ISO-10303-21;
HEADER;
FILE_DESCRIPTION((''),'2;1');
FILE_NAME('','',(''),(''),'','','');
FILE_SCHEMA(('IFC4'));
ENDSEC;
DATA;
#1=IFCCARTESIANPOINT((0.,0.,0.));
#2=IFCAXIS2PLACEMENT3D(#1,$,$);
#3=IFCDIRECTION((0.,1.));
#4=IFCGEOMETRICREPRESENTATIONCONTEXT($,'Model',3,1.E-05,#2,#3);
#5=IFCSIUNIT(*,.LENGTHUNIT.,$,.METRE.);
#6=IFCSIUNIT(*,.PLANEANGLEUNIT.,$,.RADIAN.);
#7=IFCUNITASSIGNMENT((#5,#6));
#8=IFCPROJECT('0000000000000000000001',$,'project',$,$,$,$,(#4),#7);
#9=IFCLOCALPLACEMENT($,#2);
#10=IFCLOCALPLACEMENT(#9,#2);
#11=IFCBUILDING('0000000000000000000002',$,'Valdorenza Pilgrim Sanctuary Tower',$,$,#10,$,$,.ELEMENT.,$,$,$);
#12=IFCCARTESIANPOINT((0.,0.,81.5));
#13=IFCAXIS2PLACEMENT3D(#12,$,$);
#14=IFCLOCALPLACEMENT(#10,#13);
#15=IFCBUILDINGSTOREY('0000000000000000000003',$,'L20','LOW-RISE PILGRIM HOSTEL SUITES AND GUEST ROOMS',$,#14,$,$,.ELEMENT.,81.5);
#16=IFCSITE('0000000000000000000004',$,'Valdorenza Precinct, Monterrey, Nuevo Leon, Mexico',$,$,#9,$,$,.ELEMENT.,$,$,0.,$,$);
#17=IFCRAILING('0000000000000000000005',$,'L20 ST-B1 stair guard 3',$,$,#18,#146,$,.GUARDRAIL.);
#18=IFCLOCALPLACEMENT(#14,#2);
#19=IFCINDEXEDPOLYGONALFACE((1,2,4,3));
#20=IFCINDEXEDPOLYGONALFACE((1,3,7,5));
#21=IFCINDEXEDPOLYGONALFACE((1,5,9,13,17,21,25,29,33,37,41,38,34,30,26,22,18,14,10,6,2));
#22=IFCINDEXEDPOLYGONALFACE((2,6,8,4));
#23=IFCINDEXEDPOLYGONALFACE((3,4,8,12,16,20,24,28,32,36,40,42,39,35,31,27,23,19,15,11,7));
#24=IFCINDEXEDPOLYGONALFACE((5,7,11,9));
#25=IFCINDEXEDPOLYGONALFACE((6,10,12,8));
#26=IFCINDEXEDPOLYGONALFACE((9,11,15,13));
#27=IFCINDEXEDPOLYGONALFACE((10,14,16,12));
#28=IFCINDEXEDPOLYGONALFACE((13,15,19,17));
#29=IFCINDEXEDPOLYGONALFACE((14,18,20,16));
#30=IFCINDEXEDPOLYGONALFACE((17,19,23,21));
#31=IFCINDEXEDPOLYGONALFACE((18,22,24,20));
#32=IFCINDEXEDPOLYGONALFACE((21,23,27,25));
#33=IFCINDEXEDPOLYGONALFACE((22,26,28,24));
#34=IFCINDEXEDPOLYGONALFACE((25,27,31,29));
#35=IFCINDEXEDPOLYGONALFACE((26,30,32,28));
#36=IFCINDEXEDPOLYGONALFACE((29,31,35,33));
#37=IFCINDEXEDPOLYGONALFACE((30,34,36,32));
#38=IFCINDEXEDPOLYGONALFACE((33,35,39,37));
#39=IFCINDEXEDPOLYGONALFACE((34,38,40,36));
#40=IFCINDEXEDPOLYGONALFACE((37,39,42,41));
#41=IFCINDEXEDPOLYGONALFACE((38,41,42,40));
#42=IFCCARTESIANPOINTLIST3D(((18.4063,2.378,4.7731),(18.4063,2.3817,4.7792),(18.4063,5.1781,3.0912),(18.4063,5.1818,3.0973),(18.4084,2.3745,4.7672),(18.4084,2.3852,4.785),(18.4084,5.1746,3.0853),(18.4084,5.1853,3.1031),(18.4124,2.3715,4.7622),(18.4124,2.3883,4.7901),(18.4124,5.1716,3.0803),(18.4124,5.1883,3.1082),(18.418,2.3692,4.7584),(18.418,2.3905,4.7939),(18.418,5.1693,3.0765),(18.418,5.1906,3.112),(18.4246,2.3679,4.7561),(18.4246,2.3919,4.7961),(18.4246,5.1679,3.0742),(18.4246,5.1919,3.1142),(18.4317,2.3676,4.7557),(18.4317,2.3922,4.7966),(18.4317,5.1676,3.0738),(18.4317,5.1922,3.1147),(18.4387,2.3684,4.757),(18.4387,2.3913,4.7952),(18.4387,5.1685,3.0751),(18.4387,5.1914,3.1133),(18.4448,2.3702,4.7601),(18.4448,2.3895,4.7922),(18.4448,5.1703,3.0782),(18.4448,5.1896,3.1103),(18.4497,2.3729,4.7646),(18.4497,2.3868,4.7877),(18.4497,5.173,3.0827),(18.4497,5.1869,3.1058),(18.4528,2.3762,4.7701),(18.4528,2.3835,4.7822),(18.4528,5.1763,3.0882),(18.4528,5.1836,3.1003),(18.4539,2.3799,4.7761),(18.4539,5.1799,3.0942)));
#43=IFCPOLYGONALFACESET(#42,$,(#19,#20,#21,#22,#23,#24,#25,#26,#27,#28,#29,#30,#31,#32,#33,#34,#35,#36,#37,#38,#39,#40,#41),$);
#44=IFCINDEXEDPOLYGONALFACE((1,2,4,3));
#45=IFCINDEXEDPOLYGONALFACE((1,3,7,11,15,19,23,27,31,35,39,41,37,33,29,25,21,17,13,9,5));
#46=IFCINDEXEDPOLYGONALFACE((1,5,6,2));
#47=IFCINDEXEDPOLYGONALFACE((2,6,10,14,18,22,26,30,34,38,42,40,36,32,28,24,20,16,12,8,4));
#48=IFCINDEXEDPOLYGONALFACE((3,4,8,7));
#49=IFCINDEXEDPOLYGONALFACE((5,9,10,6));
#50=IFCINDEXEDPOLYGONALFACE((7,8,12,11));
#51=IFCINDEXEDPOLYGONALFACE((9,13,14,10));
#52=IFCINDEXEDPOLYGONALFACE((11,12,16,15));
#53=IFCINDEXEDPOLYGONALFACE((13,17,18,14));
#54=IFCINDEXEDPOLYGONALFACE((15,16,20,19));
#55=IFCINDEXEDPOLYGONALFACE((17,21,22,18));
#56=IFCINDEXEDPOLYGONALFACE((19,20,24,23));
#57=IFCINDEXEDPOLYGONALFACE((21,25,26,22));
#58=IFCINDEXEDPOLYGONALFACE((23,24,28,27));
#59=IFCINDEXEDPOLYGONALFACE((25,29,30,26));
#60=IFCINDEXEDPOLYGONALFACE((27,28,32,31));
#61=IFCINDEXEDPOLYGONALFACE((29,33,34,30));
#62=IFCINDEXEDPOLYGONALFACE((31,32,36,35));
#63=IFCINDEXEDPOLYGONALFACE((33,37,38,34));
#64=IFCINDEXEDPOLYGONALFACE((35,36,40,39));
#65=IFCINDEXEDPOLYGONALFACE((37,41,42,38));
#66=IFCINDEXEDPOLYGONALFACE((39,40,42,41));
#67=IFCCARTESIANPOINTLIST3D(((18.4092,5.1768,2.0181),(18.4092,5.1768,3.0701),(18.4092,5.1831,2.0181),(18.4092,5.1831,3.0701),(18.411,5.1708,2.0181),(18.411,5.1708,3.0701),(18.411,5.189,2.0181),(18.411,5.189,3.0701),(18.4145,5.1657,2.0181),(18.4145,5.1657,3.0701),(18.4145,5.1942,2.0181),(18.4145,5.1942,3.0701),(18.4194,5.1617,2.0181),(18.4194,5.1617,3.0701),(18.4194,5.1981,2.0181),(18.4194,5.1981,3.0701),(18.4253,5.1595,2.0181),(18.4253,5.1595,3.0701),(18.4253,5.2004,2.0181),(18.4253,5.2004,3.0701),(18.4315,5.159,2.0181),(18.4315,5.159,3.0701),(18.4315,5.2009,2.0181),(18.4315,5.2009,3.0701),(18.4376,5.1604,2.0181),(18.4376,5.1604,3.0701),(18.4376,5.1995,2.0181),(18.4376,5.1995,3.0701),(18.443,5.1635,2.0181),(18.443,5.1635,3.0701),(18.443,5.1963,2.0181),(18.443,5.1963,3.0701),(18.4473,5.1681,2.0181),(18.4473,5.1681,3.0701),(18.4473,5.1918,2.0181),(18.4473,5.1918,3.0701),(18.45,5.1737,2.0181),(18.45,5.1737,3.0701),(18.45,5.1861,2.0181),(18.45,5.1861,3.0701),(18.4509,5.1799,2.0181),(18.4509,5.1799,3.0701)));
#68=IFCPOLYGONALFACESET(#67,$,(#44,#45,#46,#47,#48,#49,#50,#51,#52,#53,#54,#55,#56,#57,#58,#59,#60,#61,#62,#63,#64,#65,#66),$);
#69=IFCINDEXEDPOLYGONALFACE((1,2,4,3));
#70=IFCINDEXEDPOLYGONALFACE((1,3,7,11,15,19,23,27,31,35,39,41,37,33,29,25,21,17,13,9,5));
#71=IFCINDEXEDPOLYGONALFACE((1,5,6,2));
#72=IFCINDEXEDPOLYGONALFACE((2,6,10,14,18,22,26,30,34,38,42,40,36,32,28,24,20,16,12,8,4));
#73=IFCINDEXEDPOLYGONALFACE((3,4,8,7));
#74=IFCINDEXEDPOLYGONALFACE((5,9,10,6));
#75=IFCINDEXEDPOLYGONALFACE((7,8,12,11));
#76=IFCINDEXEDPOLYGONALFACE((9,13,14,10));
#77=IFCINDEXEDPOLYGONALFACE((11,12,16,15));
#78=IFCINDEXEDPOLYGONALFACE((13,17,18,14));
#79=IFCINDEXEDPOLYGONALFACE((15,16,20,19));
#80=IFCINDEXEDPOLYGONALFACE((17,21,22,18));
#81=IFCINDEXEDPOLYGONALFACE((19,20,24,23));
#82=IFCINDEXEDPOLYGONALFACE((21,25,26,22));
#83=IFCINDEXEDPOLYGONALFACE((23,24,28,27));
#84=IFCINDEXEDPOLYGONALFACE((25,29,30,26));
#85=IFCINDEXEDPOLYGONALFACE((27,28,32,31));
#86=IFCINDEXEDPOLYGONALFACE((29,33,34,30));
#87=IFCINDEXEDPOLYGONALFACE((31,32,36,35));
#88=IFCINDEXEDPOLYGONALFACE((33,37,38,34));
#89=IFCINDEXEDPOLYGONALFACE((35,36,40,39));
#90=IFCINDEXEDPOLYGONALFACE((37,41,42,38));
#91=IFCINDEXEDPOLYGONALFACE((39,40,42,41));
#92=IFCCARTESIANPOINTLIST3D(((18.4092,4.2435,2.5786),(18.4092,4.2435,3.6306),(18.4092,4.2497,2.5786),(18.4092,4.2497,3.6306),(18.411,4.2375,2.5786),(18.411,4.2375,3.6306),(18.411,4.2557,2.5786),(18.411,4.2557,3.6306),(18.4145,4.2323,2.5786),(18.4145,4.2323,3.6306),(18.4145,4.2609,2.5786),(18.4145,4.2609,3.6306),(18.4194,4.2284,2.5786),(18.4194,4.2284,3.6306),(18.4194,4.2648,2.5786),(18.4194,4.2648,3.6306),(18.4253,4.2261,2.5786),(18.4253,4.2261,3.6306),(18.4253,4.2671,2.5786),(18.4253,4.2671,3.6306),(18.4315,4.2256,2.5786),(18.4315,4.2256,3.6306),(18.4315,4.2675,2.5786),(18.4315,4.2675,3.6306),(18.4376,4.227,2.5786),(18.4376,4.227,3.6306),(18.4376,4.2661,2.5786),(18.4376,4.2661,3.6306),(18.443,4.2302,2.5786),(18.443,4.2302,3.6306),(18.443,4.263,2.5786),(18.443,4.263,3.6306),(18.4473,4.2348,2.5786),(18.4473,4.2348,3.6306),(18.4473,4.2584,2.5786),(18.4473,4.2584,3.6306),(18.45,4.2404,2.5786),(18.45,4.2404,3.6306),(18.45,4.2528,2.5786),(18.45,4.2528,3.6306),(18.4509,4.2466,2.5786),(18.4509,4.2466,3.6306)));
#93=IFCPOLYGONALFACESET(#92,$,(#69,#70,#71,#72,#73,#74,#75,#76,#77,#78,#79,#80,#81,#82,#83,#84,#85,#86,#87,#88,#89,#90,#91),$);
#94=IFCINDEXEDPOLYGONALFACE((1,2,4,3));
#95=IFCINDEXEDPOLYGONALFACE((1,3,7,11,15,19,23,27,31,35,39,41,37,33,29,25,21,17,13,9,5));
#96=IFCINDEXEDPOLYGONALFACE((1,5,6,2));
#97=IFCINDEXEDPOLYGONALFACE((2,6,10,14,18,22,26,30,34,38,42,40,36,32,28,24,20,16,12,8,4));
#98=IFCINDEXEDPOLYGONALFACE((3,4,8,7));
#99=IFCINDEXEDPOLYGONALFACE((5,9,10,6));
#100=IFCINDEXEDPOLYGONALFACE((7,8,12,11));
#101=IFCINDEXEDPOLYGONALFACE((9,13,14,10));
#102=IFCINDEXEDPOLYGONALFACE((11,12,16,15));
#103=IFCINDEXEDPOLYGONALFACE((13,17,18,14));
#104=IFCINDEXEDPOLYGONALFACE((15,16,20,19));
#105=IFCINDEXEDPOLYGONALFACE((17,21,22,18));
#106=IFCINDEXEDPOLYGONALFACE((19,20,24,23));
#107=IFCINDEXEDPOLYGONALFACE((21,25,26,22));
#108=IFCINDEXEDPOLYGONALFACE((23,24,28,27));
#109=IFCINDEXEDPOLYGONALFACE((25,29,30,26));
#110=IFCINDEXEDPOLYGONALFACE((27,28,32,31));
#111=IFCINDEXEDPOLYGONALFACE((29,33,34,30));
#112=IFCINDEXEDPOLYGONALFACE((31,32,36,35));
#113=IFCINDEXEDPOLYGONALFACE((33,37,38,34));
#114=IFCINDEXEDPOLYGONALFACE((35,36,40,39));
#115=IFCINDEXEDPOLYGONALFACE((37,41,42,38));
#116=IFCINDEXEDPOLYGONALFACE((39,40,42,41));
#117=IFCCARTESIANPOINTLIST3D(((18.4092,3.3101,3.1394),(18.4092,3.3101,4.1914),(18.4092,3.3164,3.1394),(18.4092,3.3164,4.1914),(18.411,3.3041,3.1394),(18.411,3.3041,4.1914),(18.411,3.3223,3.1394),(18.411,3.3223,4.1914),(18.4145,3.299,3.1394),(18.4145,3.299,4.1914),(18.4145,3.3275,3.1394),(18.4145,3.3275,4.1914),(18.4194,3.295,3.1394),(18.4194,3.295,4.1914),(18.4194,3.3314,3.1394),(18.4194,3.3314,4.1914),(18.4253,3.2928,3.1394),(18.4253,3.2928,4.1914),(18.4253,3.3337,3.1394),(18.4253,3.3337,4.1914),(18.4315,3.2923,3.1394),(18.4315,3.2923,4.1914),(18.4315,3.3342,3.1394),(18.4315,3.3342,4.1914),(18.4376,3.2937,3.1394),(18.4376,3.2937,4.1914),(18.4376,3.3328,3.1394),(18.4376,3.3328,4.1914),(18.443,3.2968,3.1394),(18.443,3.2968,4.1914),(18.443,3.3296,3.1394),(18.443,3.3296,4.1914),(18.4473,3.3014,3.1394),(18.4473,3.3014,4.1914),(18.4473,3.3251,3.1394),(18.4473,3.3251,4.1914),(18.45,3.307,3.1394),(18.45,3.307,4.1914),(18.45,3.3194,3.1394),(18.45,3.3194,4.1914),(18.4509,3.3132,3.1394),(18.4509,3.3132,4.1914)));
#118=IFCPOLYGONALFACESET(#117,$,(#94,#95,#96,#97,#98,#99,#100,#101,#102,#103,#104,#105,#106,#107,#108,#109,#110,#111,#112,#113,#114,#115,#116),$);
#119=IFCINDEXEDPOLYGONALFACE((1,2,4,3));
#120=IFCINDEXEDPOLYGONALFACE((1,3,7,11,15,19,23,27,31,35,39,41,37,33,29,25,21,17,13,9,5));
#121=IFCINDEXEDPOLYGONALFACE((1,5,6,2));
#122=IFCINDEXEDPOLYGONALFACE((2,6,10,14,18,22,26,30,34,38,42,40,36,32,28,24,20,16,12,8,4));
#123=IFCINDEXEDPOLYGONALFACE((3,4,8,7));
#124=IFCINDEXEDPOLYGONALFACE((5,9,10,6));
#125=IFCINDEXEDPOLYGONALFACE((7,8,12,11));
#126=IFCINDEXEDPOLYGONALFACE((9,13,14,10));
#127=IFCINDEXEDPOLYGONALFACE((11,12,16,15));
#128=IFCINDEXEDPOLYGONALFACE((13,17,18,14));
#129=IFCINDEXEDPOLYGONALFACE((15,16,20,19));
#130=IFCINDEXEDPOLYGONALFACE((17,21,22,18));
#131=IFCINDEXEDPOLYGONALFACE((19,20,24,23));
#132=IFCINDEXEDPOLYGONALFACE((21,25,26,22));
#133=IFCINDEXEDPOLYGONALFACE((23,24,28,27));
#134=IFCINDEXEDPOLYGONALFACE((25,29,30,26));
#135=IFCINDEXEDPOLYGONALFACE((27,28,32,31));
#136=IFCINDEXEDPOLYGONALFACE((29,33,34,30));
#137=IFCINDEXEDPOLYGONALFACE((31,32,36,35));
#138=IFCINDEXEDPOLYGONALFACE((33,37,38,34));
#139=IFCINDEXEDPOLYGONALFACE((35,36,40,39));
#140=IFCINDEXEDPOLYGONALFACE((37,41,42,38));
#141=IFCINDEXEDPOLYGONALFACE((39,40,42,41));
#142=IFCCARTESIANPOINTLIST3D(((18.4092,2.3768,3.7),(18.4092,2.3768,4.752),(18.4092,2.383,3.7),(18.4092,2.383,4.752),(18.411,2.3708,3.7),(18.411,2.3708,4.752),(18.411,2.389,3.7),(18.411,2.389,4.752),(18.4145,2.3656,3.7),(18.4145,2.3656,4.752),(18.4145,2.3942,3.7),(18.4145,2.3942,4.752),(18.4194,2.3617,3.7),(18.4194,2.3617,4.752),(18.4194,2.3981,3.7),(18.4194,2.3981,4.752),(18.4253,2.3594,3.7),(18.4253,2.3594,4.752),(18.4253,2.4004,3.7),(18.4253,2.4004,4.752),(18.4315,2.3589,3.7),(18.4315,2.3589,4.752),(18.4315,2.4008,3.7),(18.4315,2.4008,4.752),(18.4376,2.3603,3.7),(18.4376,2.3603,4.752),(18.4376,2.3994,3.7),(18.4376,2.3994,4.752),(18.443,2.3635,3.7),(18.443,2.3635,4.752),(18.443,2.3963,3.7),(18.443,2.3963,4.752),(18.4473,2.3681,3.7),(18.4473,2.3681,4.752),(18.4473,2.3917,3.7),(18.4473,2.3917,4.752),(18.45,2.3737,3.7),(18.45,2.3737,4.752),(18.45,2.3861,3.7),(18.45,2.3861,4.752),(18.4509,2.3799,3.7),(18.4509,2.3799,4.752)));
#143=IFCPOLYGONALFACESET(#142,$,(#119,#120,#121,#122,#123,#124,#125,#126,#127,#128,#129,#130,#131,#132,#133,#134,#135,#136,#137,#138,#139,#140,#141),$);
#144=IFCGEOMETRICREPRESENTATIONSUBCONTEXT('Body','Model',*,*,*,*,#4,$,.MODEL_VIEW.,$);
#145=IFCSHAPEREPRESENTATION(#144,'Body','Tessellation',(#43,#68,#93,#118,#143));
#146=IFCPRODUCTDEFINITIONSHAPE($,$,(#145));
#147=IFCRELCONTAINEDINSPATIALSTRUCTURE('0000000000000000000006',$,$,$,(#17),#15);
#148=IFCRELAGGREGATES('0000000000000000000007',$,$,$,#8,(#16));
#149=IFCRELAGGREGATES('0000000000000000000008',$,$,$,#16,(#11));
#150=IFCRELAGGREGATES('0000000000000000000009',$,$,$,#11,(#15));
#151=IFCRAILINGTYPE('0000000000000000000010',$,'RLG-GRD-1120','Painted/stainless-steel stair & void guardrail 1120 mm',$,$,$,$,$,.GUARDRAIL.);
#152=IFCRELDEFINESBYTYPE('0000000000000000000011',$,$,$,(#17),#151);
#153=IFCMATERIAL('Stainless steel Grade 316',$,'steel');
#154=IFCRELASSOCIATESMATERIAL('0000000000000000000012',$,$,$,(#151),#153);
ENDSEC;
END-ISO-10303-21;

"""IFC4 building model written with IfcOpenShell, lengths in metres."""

from ifc_helpers import new_model, si_unit, direction, frame, origin, origin_2d, place, context, subcontext, project, spatial, circle, extrude, material, type_object, element, save


model = new_model("IFC4")

# Units and contexts
model_context = context("Model", 3, precision=1e-05, world=origin(), true_north=direction((0.0, 1.0)))
body_context = subcontext(model_context, "Body", "Model", "MODEL_VIEW")
ifc_project = project(units=[si_unit("LENGTHUNIT", "METRE"), si_unit("PLANEANGLEUNIT", "RADIAN")], contexts=[model_context])

# Site, building, storey
site_placement = place(None, origin())
site = spatial("IfcSite", under=ifc_project, at=site_placement, Name="Valdorenza Precinct, Monterrey, Nuevo Leon, Mexico", CompositionType="ELEMENT", RefElevation=0.0)
building_placement = place(site_placement, origin())
building = spatial("IfcBuilding", under=site, at=building_placement, Name="Valdorenza Pilgrim Sanctuary Tower", CompositionType="ELEMENT")
storey_placement = place(building_placement, frame((0.0, 0.0, 81.5)))
storey = spatial("IfcBuildingStorey", under=building, at=storey_placement, Name="L20", Description="LOW-RISE PILGRIM HOSTEL SUITES AND GUEST ROOMS", CompositionType="ELEMENT", Elevation=81.5)

# Railing
ifc_material_1 = material(Name="Stainless steel Grade 316", Category="steel")
railing_type_1 = type_object("IfcRailingType", Name="RLG-GRD-1120", Description="Painted/stainless-steel stair & void guardrail 1120 mm", PredefinedType="GUARDRAIL", material=ifc_material_1)
railing_1_placement = place(storey_placement, frame((18.4299, 5.1799, 2.0181)))
element("IfcRailing", 1, at=railing_1_placement, inside=storey, type_object=railing_type_1, Name="L20 ST-B1 stair guard 3", PredefinedType="GUARDRAIL", context=body_context, shape_type="SweptSolid", body=[
    extrude(circle(Radius=0.0239, at=origin_2d()), frame((0.0, 0.0, 1.0762), z_axis=(0.0, -0.857242, 0.514913), x_axis=(1.0, 0.0, 0.0)), (0.0, 0.0, 1.0), 3.2664),
    extrude(circle(Radius=0.021, at=origin_2d()), origin(), (0.0, 0.0, 1.0), 1.052),
    extrude(circle(Radius=0.021, at=origin_2d()), frame((0.0, -0.9333, 0.5605)), (0.0, 0.0, 1.0), 1.052),
    extrude(circle(Radius=0.021, at=origin_2d()), frame((0.0, -1.8667, 1.1213)), (0.0, 0.0, 1.0), 1.052),
    extrude(circle(Radius=0.021, at=origin_2d()), frame((0.0, -2.8, 1.6819)), (0.0, 0.0, 1.0), 1.052),
])

save(model, "model.ifc")
